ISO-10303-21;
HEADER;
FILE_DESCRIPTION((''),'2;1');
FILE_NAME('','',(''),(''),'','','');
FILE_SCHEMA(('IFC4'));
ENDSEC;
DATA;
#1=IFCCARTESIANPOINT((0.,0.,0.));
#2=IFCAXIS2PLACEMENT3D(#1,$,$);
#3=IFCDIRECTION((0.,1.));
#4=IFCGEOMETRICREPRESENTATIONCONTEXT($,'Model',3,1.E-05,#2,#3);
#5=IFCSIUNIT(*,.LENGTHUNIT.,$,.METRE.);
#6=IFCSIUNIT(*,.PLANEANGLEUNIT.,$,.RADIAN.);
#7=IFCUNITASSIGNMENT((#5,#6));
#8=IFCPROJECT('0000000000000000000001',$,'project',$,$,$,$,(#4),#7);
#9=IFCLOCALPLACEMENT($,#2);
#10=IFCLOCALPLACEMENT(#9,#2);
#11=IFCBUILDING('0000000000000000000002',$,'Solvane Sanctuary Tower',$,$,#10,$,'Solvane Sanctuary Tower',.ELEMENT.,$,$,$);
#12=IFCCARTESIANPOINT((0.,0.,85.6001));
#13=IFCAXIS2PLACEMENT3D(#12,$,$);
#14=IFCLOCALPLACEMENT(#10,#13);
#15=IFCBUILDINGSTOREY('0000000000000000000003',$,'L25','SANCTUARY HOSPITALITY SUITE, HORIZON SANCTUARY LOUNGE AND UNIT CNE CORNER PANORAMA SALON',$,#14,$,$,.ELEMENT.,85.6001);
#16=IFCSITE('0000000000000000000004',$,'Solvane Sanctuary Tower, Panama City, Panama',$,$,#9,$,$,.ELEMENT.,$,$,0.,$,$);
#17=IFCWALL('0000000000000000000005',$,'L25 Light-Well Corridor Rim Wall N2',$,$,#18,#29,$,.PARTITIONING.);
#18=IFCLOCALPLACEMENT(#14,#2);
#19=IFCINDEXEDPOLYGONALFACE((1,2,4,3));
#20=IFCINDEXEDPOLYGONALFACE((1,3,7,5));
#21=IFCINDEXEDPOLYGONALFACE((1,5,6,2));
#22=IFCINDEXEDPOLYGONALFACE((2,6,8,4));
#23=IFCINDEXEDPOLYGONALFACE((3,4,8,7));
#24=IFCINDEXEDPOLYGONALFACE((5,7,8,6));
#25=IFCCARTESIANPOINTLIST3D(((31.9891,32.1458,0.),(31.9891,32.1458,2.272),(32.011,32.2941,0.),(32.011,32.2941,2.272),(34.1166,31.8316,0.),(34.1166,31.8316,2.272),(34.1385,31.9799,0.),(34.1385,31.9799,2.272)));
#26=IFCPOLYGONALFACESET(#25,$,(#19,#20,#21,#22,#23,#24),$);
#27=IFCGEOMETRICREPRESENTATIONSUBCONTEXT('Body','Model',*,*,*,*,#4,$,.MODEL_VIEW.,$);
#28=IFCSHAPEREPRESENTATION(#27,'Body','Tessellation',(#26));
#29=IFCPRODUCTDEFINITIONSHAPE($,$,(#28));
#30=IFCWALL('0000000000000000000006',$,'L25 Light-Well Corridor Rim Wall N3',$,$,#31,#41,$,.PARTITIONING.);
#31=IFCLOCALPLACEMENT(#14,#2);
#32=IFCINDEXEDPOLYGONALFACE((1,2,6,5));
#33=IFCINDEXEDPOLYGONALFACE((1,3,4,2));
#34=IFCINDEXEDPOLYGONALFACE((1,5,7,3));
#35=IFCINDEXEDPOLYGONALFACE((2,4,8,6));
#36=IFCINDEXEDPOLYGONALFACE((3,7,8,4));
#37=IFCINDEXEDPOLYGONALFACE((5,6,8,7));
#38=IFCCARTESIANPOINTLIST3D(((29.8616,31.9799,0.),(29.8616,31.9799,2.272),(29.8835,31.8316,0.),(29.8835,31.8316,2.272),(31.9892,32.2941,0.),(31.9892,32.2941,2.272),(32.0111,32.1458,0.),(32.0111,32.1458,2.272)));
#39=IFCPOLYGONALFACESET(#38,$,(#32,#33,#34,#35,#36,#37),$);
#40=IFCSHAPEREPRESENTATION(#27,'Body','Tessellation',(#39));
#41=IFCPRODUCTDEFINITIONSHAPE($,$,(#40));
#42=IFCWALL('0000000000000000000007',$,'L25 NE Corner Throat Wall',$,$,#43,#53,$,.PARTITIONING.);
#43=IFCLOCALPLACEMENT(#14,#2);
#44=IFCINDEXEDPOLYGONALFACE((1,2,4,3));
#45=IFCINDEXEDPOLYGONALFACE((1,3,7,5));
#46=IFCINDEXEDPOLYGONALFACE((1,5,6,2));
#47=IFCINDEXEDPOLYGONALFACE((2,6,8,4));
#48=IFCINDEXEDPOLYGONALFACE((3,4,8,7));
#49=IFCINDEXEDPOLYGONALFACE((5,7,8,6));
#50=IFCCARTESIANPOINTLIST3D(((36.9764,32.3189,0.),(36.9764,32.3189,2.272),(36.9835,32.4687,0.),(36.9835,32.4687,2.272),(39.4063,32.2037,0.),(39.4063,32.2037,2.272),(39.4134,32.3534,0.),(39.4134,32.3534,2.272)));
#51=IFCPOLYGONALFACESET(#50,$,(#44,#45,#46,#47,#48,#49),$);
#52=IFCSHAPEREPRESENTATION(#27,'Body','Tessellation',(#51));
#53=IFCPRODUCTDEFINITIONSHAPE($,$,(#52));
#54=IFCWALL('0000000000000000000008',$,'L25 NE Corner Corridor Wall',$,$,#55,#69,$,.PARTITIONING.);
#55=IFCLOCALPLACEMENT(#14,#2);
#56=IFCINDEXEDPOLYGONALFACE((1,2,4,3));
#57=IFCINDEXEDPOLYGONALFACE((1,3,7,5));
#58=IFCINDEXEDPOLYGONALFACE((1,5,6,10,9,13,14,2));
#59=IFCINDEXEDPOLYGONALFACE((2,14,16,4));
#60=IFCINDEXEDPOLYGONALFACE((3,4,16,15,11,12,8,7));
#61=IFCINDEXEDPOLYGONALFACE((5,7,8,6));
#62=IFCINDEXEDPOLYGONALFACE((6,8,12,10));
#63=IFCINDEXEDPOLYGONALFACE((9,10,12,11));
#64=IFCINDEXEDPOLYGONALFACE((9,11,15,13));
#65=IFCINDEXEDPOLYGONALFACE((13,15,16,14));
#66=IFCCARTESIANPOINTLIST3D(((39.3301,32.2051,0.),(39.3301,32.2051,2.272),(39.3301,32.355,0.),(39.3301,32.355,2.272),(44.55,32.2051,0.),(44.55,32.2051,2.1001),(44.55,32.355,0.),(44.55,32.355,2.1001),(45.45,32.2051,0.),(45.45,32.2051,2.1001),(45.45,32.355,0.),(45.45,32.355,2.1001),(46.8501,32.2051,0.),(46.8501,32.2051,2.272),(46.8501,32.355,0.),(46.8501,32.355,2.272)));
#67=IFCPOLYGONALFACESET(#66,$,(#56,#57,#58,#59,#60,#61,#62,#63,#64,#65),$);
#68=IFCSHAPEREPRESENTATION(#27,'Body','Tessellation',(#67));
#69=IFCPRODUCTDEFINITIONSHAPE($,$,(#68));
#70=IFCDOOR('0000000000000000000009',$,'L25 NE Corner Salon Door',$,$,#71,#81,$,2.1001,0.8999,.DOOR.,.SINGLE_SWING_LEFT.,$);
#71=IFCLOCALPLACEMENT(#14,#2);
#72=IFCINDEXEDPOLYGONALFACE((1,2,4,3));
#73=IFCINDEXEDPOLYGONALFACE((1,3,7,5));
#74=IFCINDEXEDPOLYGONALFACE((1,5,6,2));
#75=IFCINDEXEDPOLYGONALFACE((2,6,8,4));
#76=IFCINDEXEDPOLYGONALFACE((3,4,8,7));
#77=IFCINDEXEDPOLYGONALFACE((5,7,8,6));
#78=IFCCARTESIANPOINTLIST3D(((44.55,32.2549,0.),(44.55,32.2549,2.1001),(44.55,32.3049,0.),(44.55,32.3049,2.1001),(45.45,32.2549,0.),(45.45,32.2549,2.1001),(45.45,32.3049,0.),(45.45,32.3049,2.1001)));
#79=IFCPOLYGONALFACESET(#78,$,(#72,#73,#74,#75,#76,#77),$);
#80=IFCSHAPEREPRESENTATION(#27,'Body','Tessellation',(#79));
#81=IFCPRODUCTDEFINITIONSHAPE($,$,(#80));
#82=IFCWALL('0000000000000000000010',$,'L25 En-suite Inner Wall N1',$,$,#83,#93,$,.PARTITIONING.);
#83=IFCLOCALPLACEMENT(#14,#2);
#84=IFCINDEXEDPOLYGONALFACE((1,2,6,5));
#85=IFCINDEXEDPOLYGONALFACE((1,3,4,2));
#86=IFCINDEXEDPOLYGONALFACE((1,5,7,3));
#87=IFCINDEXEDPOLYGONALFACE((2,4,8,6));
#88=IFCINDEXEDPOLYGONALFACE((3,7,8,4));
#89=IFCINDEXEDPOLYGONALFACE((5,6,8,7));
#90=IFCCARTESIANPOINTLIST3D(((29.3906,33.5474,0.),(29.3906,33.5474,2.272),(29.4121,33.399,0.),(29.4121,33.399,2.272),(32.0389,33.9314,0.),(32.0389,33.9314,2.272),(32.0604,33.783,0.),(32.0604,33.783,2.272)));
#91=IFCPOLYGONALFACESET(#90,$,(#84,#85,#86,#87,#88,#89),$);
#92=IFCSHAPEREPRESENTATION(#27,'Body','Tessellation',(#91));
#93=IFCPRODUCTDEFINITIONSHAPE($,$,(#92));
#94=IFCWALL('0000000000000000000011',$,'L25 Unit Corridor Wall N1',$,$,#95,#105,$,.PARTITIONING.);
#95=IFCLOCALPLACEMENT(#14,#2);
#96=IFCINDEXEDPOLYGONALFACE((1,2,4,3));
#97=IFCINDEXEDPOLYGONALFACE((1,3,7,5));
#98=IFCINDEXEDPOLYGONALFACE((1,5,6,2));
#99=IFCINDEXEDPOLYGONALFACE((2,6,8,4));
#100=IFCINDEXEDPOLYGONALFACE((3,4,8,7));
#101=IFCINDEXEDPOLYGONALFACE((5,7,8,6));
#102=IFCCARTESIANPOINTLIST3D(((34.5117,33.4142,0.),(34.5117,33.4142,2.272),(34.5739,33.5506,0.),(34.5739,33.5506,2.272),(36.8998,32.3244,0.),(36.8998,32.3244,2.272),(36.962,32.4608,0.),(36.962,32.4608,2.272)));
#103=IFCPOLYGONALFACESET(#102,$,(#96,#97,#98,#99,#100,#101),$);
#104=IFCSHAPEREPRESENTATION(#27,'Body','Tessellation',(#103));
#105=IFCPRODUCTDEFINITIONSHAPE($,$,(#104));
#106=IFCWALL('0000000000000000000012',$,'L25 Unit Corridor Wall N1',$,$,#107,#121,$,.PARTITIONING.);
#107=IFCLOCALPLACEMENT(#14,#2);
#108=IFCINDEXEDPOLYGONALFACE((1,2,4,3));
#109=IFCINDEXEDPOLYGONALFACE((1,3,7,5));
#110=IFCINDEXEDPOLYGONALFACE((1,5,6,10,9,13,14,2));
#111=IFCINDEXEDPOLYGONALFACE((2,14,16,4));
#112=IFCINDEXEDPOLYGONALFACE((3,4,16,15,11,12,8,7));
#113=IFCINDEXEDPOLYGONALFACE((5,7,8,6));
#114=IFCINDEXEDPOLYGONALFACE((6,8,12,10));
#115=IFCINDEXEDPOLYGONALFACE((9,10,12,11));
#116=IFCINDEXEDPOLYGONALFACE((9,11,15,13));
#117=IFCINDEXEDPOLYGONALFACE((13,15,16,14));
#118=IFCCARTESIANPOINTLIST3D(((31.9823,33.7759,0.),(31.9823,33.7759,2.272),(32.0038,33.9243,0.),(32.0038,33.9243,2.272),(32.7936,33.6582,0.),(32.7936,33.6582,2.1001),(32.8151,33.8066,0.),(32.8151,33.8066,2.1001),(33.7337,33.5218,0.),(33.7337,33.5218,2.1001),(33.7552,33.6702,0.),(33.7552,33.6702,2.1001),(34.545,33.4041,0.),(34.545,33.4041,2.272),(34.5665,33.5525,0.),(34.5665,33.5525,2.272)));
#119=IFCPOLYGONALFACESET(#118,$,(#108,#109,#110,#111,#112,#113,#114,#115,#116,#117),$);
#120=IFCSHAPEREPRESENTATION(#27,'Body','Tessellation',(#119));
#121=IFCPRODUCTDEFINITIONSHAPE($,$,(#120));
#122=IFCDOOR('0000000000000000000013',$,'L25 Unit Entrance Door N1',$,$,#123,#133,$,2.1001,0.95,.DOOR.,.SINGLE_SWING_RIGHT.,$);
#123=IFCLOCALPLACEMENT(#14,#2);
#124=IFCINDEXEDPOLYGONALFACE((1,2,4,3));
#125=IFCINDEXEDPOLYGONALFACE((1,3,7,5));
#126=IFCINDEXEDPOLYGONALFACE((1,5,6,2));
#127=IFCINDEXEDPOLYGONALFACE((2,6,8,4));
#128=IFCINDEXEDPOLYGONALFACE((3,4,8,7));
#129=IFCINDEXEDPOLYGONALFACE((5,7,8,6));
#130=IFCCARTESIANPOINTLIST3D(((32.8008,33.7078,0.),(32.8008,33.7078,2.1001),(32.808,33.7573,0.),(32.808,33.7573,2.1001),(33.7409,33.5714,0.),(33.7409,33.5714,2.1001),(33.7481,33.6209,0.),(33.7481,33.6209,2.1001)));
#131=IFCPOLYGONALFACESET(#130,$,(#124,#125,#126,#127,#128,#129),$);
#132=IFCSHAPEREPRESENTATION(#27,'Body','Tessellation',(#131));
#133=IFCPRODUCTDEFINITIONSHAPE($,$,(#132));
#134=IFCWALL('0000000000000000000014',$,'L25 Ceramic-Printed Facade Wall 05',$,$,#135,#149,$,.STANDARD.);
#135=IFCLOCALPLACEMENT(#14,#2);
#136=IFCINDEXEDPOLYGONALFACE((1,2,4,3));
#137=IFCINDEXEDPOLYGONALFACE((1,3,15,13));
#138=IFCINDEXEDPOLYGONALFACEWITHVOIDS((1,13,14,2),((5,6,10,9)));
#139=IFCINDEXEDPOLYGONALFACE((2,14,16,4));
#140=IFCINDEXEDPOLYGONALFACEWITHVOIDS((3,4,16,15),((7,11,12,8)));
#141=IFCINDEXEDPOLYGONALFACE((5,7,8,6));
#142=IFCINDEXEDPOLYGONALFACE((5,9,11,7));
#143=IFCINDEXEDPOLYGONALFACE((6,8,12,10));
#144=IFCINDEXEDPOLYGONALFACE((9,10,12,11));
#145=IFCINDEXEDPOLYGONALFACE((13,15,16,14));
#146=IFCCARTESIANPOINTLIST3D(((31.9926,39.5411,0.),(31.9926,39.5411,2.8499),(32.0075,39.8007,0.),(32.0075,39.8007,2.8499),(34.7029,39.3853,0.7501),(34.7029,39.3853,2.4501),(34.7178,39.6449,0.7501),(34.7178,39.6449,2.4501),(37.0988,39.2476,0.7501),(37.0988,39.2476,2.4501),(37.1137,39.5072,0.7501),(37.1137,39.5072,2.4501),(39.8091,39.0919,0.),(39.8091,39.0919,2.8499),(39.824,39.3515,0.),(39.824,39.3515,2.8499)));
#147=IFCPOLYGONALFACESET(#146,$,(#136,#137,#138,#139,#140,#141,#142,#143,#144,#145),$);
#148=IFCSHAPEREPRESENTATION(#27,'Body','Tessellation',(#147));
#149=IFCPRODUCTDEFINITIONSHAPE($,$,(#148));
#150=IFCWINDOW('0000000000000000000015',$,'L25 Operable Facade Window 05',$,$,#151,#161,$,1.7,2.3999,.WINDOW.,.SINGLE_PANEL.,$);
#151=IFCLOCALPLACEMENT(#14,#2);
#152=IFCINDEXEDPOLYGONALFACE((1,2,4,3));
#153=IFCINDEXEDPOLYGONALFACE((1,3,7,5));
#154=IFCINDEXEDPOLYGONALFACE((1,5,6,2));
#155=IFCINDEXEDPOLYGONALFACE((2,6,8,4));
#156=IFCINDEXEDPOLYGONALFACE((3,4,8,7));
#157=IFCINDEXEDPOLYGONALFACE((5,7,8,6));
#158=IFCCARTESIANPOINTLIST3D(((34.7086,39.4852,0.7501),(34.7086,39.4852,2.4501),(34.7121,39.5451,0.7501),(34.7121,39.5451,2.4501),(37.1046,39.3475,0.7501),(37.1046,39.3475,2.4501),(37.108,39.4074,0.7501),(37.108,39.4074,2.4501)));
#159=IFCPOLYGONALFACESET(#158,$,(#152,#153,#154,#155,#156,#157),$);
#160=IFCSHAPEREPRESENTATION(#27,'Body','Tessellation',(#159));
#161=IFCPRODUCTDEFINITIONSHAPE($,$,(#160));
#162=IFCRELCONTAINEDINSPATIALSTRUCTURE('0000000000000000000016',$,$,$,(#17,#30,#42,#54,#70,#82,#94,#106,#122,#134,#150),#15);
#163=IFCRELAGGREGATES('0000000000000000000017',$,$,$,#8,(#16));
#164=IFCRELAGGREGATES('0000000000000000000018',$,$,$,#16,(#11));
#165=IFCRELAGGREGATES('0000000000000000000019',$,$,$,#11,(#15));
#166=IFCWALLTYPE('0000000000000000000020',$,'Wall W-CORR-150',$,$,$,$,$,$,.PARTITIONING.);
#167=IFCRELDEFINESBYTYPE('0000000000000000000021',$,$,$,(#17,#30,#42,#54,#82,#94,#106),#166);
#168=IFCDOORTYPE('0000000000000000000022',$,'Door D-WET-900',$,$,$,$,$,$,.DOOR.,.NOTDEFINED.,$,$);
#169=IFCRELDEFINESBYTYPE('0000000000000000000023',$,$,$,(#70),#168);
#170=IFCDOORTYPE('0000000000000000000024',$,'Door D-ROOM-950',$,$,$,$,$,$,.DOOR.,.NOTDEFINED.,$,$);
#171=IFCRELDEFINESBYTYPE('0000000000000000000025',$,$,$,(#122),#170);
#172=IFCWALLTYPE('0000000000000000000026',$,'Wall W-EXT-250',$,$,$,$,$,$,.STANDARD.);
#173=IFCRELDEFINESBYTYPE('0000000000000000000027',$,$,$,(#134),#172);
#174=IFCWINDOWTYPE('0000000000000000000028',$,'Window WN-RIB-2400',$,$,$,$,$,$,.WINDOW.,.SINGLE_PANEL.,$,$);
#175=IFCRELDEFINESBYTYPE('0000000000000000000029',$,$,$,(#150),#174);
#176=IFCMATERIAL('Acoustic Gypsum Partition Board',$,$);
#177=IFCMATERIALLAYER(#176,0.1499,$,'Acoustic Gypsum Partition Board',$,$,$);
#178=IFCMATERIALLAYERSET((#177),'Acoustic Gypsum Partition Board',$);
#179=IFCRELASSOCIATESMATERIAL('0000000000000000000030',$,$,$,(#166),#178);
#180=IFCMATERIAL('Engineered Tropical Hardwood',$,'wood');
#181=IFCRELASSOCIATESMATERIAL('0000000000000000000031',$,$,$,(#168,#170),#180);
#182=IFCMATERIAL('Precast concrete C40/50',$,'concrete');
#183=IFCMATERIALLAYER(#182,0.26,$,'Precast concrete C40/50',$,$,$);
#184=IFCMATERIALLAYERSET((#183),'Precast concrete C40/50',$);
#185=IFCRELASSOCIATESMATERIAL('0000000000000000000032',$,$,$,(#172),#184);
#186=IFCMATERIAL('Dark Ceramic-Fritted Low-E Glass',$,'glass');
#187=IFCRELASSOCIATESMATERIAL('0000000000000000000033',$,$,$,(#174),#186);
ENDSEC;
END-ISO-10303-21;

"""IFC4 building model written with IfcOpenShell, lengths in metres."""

from ifc_helpers import new_model, si_unit, direction, frame, frame_2d, origin, place, context, subcontext, project, spatial, rectangle, extrude, material, layer, layer_set, type_object, element, fill, save


model = new_model("IFC4")

# Units and contexts
model_context = context("Model", 3, precision=1e-05, world=origin(), true_north=direction((0.0, 1.0)))
body_context = subcontext(model_context, "Body", "Model", "MODEL_VIEW")
ifc_project = project(units=[si_unit("LENGTHUNIT", "METRE"), si_unit("PLANEANGLEUNIT", "RADIAN")], contexts=[model_context])

# Site, building, storey
site_placement = place(None, origin())
site = spatial("IfcSite", under=ifc_project, at=site_placement, Name="Solvane Sanctuary Tower, Panama City, Panama", CompositionType="ELEMENT", RefElevation=0.0)
building_placement = place(site_placement, origin())
building = spatial("IfcBuilding", under=site, at=building_placement, Name="Solvane Sanctuary Tower", LongName="Solvane Sanctuary Tower", CompositionType="ELEMENT")
storey_placement = place(building_placement, frame((0.0, 0.0, 85.6001)))
storey = spatial("IfcBuildingStorey", under=building, at=storey_placement, Name="L25", Description="SANCTUARY HOSPITALITY SUITE, HORIZON SANCTUARY LOUNGE AND UNIT CNE CORNER PANORAMA SALON", CompositionType="ELEMENT", Elevation=85.6001)

# Walls
ifc_material_1 = material(Name="Acoustic Gypsum Partition Board")
ifc_layer_1 = layer(ifc_material_1, 0.1499, Name="Acoustic Gypsum Partition Board")
ifc_layer_set_1 = layer_set([ifc_layer_1], Name="Acoustic Gypsum Partition Board")
wall_type_1 = type_object("IfcWallType", Name="Wall W-CORR-150", PredefinedType="PARTITIONING", material=ifc_layer_set_1)
for number, where, z_axis, x_axis, name in (
    (1, (34.1274, 31.9058, 0.0), (0.0, 0.0, 1.0), (-0.989269, 0.146108, 0.0), "L25 Light-Well Corridor Rim Wall N2"),
    (2, (32.0, 32.22, 0.0), (0.0, 0.0, 1.0), (-0.989269, -0.146108, 0.0), "L25 Light-Well Corridor Rim Wall N3"),
):
    element("IfcWall", number, at=place(storey_placement, frame(where, z_axis=z_axis, x_axis=x_axis)), inside=storey, type_object=wall_type_1, Name=name, PredefinedType="PARTITIONING", context=body_context, shape_type="SweptSolid", body=[
        extrude(rectangle(XDim=2.1506, YDim=0.1499, at=frame_2d((1.0752, 0.0))), origin(), (0.0, 0.0, 1.0), 2.272),
    ])
wall_1_placement = place(storey_placement, frame((36.98, 32.3938, 0.0), z_axis=(0.0, 0.0, 1.0), x_axis=(0.998877, -0.04737, 0.0)))
element("IfcWall", 3, at=wall_1_placement, inside=storey, type_object=wall_type_1, Name="L25 NE Corner Throat Wall", PredefinedType="PARTITIONING", context=body_context, shape_type="SweptSolid", body=[
    extrude(rectangle(XDim=2.4326, YDim=0.1499, at=frame_2d((1.2163, 0.0))), origin(), (0.0, 0.0, 1.0), 2.272),
])

# Wall, opening, door
wall_2_placement = place(storey_placement, frame((39.3301, 32.28, 0.0), z_axis=(0.0, 0.0, 1.0), x_axis=(1.0, 0.0, 0.0)))
wall_2 = element("IfcWall", 4, at=wall_2_placement, inside=storey, type_object=wall_type_1, Name="L25 NE Corner Corridor Wall", PredefinedType="PARTITIONING", context=body_context, shape_type="SweptSolid", body=[
    extrude(rectangle(XDim=7.52, YDim=0.1499, at=frame_2d((3.76, 0.0))), origin(), (0.0, 0.0, 1.0), 2.272),
])
opening_1_placement = place(wall_2_placement, frame((5.22, 0.0, 0.0)))
opening_1 = element("IfcOpeningElement", 5, at=opening_1_placement, cuts=wall_2, PredefinedType="OPENING", context=body_context, shape_type="SweptSolid", body=[
    extrude(rectangle(XDim=0.8999, YDim=2.1001, at=frame_2d((0.45, 1.05))), frame((0.0, 0.085, 0.0), z_axis=(0.0, -1.0, 0.0), x_axis=(1.0, 0.0, 0.0)), (0.0, 0.0, 1.0), 0.1699),
])
ifc_material_2 = material(Name="Engineered Tropical Hardwood", Category="wood")
door_type_1 = type_object("IfcDoorType", Name="Door D-WET-900", OperationType="NOTDEFINED", PredefinedType="DOOR", material=ifc_material_2)
door_1_placement = place(opening_1_placement, origin())
door_1 = element("IfcDoor", 6, at=door_1_placement, inside=storey, type_object=door_type_1, Name="L25 NE Corner Salon Door", OperationType="SINGLE_SWING_LEFT", OverallHeight=2.1001, OverallWidth=0.8999, PredefinedType="DOOR", context=body_context, shape_type="SweptSolid", body=[
    extrude(rectangle(XDim=0.8999, YDim=2.1001, at=frame_2d((0.45, 1.05))), frame((0.0, 0.0249, 0.0), z_axis=(0.0, -1.0, 0.0), x_axis=(1.0, 0.0, 0.0)), (0.0, 0.0, 1.0), 0.05),
])
fill(opening_1, door_1)

# Walls
wall_3_placement = place(storey_placement, frame((32.0496, 33.8572, 0.0), z_axis=(0.0, 0.0, 1.0), x_axis=(-0.98965, -0.143503, 0.0)))
element("IfcWall", 7, at=wall_3_placement, inside=storey, type_object=wall_type_1, Name="L25 En-suite Inner Wall N1", PredefinedType="PARTITIONING", context=body_context, shape_type="SweptSolid", body=[
    extrude(rectangle(XDim=2.676, YDim=0.1499, at=frame_2d((1.3379, 0.0))), origin(), (0.0, 0.0, 1.0), 2.272),
])
wall_4_placement = place(storey_placement, frame((36.9309, 32.3926, 0.0), z_axis=(0.0, 0.0, 1.0), x_axis=(-0.909748, 0.415162, 0.0)))
element("IfcWall", 8, at=wall_4_placement, inside=storey, type_object=wall_type_1, Name="L25 Unit Corridor Wall N1", PredefinedType="PARTITIONING", context=body_context, shape_type="SweptSolid", body=[
    extrude(rectangle(XDim=2.625, YDim=0.1499, at=frame_2d((1.3125, 0.0))), origin(), (0.0, 0.0, 1.0), 2.272),
])

# Wall, opening, door
wall_5_placement = place(storey_placement, frame((34.5559, 33.4783, 0.0), z_axis=(0.0, 0.0, 1.0), x_axis=(-0.989638, 0.143586, 0.0)))
wall_5 = element("IfcWall", 9, at=wall_5_placement, inside=storey, type_object=wall_type_1, Name="L25 Unit Corridor Wall N1", PredefinedType="PARTITIONING", context=body_context, shape_type="SweptSolid", body=[
    extrude(rectangle(XDim=2.5896, YDim=0.1499, at=frame_2d((1.2949, 0.0))), origin(), (0.0, 0.0, 1.0), 2.272),
])
opening_2_placement = place(wall_5_placement, frame((0.8198, 0.0, 0.0)))
opening_2 = element("IfcOpeningElement", 10, at=opening_2_placement, cuts=wall_5, PredefinedType="OPENING", context=body_context, shape_type="SweptSolid", body=[
    extrude(rectangle(XDim=0.95, YDim=2.1001, at=frame_2d((0.4751, 1.05))), frame((0.0, 0.085, 0.0), z_axis=(0.0, -1.0, 0.0), x_axis=(1.0, 0.0, 0.0)), (0.0, 0.0, 1.0), 0.1699),
])
door_type_2 = type_object("IfcDoorType", Name="Door D-ROOM-950", OperationType="NOTDEFINED", PredefinedType="DOOR", material=ifc_material_2)
door_2_placement = place(opening_2_placement, origin())
door_2 = element("IfcDoor", 11, at=door_2_placement, inside=storey, type_object=door_type_2, Name="L25 Unit Entrance Door N1", OperationType="SINGLE_SWING_RIGHT", OverallHeight=2.1001, OverallWidth=0.95, PredefinedType="DOOR", context=body_context, shape_type="SweptSolid", body=[
    extrude(rectangle(XDim=0.95, YDim=2.1001, at=frame_2d((0.4751, 1.05))), frame((0.0, 0.0249, 0.0), z_axis=(0.0, -1.0, 0.0), x_axis=(1.0, 0.0, 0.0)), (0.0, 0.0, 1.0), 0.05),
])
fill(opening_2, door_2)

# Wall, opening, window
ifc_material_3 = material(Name="Precast concrete C40/50", Category="concrete")
ifc_layer_2 = layer(ifc_material_3, 0.26, Name="Precast concrete C40/50")
ifc_layer_set_2 = layer_set([ifc_layer_2], Name="Precast concrete C40/50")
wall_type_2 = type_object("IfcWallType", Name="Wall W-EXT-250", PredefinedType="STANDARD", material=ifc_layer_set_2)
wall_6_placement = place(storey_placement, frame((39.8164, 39.2217, 0.0), z_axis=(0.0, 0.0, 1.0), x_axis=(-0.998353, 0.057377, 0.0)))
wall_6 = element("IfcWall", 12, at=wall_6_placement, inside=storey, type_object=wall_type_2, Name="L25 Ceramic-Printed Facade Wall 05", PredefinedType="STANDARD", context=body_context, shape_type="SweptSolid", body=[
    extrude(rectangle(XDim=7.8293, YDim=0.26, at=frame_2d((3.9146, 0.0))), origin(), (0.0, 0.0, 1.0), 2.8499),
])
opening_3_placement = place(wall_6_placement, frame((2.7146, 0.0, 0.75)))
opening_3 = element("IfcOpeningElement", 13, at=opening_3_placement, cuts=wall_6, PredefinedType="OPENING", context=body_context, shape_type="SweptSolid", body=[
    extrude(rectangle(XDim=2.3999, YDim=1.7, at=frame_2d((1.2, 0.8501))), frame((0.0, 0.1399, 0.0), z_axis=(0.0, -1.0, 0.0), x_axis=(1.0, 0.0, 0.0)), (0.0, 0.0, 1.0), 0.28),
])
ifc_material_4 = material(Name="Dark Ceramic-Fritted Low-E Glass", Category="glass")
window_type_1 = type_object("IfcWindowType", Name="Window WN-RIB-2400", PartitioningType="SINGLE_PANEL", PredefinedType="WINDOW", material=ifc_material_4)
window_1_placement = place(opening_3_placement, origin())
window_1 = element("IfcWindow", 14, at=window_1_placement, inside=storey, type_object=window_type_1, Name="L25 Operable Facade Window 05", OverallHeight=1.7, OverallWidth=2.3999, PartitioningType="SINGLE_PANEL", PredefinedType="WINDOW", context=body_context, shape_type="SweptSolid", body=[
    extrude(rectangle(XDim=2.3999, YDim=1.7, at=frame_2d((1.2, 0.8501))), frame((0.0, 0.03, 0.0), z_axis=(0.0, -1.0, 0.0), x_axis=(1.0, 0.0, 0.0)), (0.0, 0.0, 1.0), 0.0601),
])
fill(opening_3, window_1)

save(model, "model.ifc")
